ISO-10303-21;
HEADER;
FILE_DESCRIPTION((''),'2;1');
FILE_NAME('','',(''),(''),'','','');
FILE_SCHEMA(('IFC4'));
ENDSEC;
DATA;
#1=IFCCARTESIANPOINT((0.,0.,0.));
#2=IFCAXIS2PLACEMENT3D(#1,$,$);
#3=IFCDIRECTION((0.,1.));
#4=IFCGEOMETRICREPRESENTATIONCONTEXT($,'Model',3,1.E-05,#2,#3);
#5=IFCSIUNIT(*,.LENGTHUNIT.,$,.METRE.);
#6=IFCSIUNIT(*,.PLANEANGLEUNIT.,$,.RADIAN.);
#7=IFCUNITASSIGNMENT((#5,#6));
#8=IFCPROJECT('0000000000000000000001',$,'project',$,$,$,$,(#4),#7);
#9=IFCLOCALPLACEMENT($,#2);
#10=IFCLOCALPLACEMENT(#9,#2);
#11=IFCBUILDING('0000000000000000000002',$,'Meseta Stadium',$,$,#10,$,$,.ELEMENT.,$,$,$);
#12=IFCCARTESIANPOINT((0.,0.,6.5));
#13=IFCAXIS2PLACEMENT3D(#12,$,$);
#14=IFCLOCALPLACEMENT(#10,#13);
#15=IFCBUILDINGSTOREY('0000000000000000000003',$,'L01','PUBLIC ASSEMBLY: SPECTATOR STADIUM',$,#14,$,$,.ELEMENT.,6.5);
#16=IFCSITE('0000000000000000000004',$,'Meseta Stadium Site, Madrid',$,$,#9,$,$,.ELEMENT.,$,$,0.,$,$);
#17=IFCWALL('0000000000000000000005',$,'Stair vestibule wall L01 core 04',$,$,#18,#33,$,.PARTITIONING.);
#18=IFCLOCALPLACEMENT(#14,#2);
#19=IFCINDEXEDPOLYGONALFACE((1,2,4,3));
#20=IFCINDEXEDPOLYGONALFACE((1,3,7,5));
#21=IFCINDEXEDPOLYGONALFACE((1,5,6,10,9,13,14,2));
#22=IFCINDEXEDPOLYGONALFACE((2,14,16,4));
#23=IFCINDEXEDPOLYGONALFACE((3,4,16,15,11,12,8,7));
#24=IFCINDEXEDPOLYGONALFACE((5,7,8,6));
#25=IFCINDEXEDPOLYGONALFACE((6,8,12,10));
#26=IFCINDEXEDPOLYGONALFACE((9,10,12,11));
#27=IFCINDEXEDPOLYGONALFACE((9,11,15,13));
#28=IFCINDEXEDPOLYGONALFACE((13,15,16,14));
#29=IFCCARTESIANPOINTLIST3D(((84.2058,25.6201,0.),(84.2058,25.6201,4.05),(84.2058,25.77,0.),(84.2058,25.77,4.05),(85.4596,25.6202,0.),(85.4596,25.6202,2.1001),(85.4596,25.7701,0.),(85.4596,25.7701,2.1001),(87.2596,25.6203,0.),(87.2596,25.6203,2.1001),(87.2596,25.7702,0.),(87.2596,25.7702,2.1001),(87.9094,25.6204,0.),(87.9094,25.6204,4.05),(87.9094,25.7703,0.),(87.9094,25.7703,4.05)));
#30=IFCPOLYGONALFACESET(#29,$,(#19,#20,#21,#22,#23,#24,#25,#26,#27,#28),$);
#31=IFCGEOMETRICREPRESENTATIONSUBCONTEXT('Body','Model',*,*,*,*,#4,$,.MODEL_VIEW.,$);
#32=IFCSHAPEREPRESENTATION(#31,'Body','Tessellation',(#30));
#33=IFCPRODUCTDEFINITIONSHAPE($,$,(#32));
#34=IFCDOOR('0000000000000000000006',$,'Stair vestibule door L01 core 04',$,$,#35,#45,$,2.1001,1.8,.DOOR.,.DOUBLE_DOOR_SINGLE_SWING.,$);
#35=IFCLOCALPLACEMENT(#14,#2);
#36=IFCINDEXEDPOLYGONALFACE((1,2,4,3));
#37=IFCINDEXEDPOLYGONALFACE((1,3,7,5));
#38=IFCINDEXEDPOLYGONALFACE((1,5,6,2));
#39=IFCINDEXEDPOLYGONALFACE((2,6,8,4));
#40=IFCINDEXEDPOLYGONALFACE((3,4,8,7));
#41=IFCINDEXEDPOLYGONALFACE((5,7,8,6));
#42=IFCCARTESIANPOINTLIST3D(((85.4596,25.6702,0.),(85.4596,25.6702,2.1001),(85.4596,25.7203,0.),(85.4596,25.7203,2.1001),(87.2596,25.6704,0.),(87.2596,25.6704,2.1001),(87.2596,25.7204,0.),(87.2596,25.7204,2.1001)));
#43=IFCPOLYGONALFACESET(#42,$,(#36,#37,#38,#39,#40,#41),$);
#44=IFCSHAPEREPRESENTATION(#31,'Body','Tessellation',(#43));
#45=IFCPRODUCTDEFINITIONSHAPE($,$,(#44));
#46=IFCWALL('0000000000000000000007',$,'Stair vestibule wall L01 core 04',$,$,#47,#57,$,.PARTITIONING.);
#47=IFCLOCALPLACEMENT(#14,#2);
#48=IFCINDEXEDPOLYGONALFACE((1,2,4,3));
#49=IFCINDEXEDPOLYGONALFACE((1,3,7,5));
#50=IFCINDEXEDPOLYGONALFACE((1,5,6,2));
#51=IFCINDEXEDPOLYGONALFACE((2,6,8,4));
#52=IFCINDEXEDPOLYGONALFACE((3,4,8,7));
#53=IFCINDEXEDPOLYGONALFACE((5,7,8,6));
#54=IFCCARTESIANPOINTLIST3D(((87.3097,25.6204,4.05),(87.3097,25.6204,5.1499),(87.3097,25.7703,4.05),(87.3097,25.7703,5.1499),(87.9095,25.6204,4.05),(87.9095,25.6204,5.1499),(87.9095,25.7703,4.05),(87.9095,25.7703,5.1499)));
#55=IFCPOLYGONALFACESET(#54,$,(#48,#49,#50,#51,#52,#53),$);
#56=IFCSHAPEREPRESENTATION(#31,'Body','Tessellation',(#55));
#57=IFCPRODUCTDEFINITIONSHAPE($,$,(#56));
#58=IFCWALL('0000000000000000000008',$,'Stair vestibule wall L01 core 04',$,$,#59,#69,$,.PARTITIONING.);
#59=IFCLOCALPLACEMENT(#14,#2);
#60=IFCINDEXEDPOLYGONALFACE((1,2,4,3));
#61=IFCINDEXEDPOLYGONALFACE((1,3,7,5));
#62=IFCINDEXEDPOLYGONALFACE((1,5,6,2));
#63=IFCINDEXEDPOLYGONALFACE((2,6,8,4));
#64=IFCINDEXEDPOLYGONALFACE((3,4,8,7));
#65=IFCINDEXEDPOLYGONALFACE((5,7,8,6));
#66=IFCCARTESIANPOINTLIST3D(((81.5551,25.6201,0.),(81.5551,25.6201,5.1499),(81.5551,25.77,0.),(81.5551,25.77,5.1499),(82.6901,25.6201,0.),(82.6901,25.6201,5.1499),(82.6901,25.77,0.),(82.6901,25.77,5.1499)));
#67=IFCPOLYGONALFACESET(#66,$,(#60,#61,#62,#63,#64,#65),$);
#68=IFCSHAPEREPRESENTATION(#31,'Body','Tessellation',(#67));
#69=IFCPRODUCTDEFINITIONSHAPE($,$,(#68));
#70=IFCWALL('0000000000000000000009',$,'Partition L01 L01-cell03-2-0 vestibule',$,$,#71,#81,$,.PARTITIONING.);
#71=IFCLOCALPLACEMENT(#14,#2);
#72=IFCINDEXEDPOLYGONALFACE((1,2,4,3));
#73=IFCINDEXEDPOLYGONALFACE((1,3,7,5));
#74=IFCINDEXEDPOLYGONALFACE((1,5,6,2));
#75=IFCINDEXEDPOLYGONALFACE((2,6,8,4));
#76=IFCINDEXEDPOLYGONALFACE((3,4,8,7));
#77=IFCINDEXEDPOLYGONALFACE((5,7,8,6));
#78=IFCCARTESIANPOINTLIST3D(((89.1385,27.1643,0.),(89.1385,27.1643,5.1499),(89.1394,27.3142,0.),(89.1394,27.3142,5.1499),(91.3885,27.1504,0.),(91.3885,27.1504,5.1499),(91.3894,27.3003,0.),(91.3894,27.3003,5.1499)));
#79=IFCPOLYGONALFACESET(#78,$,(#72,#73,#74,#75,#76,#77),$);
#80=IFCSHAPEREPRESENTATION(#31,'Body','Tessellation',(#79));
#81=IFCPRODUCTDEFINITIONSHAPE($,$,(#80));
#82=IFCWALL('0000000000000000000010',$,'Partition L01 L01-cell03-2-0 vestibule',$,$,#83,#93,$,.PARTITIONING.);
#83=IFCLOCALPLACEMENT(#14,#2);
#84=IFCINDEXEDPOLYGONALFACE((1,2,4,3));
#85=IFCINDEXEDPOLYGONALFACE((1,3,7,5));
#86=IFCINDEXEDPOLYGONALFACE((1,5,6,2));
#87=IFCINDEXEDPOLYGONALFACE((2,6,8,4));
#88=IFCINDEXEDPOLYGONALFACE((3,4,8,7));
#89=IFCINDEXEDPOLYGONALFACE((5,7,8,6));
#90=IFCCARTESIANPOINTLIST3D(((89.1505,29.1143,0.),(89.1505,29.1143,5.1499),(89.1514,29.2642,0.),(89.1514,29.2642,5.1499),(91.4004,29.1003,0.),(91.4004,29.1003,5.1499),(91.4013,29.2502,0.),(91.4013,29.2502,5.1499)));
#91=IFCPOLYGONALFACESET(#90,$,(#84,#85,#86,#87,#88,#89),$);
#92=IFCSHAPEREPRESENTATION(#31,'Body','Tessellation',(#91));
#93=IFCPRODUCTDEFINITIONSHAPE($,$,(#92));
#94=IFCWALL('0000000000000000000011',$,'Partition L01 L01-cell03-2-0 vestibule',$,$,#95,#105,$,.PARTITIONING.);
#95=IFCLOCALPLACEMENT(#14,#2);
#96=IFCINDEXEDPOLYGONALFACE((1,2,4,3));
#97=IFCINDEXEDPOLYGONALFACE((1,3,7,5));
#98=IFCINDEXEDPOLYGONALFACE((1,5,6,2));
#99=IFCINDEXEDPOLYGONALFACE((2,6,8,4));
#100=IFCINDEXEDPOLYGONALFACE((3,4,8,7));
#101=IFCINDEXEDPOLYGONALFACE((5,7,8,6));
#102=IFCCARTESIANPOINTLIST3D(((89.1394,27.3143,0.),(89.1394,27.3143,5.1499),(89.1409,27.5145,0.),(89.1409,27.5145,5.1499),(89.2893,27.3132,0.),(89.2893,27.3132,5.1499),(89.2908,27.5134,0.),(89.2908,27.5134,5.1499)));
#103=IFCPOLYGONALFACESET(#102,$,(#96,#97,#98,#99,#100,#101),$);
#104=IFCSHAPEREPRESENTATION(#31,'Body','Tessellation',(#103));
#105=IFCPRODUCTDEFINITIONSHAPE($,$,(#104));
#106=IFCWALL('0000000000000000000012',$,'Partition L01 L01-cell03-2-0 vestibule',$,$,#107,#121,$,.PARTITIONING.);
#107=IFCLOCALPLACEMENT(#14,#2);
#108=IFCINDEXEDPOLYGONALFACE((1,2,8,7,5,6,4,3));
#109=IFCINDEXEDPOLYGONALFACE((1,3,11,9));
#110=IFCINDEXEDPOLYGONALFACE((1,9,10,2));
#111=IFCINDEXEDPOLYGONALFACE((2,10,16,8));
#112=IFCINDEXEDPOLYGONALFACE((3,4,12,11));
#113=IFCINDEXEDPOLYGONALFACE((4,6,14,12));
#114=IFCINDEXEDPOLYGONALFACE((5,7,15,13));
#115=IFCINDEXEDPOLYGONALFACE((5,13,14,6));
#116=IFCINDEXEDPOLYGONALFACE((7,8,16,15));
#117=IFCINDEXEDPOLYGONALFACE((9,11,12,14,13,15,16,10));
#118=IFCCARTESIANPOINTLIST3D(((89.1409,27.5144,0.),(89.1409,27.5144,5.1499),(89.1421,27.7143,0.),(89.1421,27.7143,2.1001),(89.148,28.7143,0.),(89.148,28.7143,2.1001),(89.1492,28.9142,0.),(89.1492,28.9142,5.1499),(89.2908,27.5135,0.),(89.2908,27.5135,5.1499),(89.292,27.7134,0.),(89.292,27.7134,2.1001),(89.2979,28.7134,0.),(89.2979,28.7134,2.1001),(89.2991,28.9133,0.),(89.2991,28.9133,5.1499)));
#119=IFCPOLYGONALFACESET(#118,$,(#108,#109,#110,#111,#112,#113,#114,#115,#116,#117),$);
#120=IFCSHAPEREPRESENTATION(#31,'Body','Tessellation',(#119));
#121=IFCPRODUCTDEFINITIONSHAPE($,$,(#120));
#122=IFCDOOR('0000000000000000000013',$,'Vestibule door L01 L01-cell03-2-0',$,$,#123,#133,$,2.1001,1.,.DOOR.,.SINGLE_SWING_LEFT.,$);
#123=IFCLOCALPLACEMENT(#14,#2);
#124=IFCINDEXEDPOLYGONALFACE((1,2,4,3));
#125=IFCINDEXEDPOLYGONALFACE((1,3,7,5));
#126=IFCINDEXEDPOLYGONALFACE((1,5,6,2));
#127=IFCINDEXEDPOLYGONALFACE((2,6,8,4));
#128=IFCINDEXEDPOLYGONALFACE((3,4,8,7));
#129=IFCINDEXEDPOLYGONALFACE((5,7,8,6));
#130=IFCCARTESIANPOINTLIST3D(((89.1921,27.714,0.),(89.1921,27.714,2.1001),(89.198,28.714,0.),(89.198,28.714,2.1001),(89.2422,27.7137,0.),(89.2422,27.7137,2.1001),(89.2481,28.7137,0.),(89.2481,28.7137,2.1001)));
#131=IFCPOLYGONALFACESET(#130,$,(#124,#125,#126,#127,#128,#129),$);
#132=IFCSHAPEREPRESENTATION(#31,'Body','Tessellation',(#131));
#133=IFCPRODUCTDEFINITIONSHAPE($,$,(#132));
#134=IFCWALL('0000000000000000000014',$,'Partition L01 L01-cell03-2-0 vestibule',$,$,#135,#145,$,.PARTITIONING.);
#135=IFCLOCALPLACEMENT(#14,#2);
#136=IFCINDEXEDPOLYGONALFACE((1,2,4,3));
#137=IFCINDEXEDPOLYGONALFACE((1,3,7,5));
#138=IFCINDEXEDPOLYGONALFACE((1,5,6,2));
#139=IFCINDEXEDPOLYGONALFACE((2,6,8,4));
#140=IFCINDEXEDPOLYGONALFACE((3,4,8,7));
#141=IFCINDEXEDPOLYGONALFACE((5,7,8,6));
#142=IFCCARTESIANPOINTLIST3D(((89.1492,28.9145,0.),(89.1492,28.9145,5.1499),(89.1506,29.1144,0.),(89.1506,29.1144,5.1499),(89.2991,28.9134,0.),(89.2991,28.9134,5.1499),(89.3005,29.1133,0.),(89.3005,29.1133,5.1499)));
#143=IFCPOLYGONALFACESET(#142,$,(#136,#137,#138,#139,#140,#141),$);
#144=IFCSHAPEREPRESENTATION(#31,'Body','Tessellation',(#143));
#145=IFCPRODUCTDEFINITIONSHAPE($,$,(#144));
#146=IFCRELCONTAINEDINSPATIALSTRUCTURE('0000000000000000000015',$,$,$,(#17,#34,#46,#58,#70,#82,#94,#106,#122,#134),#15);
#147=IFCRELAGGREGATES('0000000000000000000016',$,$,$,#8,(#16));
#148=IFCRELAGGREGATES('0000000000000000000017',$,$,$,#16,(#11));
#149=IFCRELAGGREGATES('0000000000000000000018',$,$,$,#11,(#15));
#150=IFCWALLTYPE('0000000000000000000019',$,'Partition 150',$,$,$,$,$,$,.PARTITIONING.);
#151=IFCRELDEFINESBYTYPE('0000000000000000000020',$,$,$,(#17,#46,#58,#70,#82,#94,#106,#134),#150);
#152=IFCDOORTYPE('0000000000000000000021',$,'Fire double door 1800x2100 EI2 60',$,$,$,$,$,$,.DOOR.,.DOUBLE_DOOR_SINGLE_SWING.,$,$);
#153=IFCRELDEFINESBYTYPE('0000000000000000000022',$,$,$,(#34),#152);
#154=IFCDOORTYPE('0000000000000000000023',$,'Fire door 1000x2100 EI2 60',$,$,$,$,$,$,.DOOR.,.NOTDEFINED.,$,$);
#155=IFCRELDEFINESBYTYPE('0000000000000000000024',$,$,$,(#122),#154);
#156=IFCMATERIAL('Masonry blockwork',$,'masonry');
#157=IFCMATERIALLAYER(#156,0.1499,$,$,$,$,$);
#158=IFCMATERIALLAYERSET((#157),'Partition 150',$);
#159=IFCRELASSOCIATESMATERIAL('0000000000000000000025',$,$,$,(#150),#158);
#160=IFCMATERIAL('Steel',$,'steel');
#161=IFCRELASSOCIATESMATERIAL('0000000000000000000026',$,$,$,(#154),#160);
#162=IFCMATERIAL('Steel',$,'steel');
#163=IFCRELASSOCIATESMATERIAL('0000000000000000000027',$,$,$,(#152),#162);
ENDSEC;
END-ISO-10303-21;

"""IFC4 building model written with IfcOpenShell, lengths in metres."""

from ifc_helpers import new_model, si_unit, direction, frame, frame_2d, origin, place, context, subcontext, project, spatial, rectangle, extrude, material, layer, layer_set, type_object, element, fill, save


model = new_model("IFC4")

# Units and contexts
model_context = context("Model", 3, precision=1e-05, world=origin(), true_north=direction((0.0, 1.0)))
body_context = subcontext(model_context, "Body", "Model", "MODEL_VIEW")
ifc_project = project(units=[si_unit("LENGTHUNIT", "METRE"), si_unit("PLANEANGLEUNIT", "RADIAN")], contexts=[model_context])

# Site, building, storey
site_placement = place(None, origin())
site = spatial("IfcSite", under=ifc_project, at=site_placement, Name="Meseta Stadium Site, Madrid", CompositionType="ELEMENT", RefElevation=0.0)
building_placement = place(site_placement, origin())
building = spatial("IfcBuilding", under=site, at=building_placement, Name="Meseta Stadium", CompositionType="ELEMENT")
storey_placement = place(building_placement, frame((0.0, 0.0, 6.5)))
storey = spatial("IfcBuildingStorey", under=building, at=storey_placement, Name="L01", Description="PUBLIC ASSEMBLY: SPECTATOR STADIUM", CompositionType="ELEMENT", Elevation=6.5)

# Shared definitions
ifc_material_1 = material(Name="Masonry blockwork", Category="masonry")
ifc_layer = layer(ifc_material_1, 0.1499)
ifc_layer_set = layer_set([ifc_layer], Name="Partition 150")
wall_type = type_object("IfcWallType", Name="Partition 150", PredefinedType="PARTITIONING", material=ifc_layer_set)
ifc_material_2 = material(Name="Steel", Category="steel")
door_type_1 = type_object("IfcDoorType", Name="Fire door 1000x2100 EI2 60", OperationType="NOTDEFINED", PredefinedType="DOOR", material=ifc_material_2)

# Wall, opening, door
wall_1_placement = place(storey_placement, frame((87.9094, 25.6953, 0.0), z_axis=(0.0, 0.0, 1.0), x_axis=(-1.0, -0.000066, 0.0)))
wall_1 = element("IfcWall", 1, at=wall_1_placement, inside=storey, type_object=wall_type, Name="Stair vestibule wall L01 core 04", PredefinedType="PARTITIONING", context=body_context, shape_type="SweptSolid", body=[
    extrude(rectangle(XDim=3.7036, YDim=0.1499, at=frame_2d((1.8518, 0.0))), origin(), (0.0, 0.0, 1.0), 4.05),
])
opening_1_placement = place(wall_1_placement, frame((0.6499, 0.0, 0.0)))
opening_1 = element("IfcOpeningElement", 2, at=opening_1_placement, cuts=wall_1, PredefinedType="OPENING", context=body_context, shape_type="SweptSolid", body=[
    extrude(rectangle(XDim=1.8, YDim=2.1001, at=frame_2d((0.8999, 1.05))), frame((0.0, 0.085, 0.0), z_axis=(0.0, -1.0, 0.0), x_axis=(1.0, 0.0, 0.0)), (0.0, 0.0, 1.0), 0.1699),
])
ifc_material_3 = material(Name="Steel", Category="steel")
door_type_2 = type_object("IfcDoorType", Name="Fire double door 1800x2100 EI2 60", OperationType="DOUBLE_DOOR_SINGLE_SWING", PredefinedType="DOOR", material=ifc_material_3)
door_1_placement = place(opening_1_placement, origin())
door_1 = element("IfcDoor", 3, at=door_1_placement, inside=storey, type_object=door_type_2, Name="Stair vestibule door L01 core 04", OperationType="DOUBLE_DOOR_SINGLE_SWING", OverallHeight=2.1001, OverallWidth=1.8, PredefinedType="DOOR", context=body_context, shape_type="SweptSolid", body=[
    extrude(rectangle(XDim=1.8, YDim=2.1001, at=frame_2d((0.8999, 1.05))), frame((0.0, 0.0249, 0.0), z_axis=(0.0, -1.0, 0.0), x_axis=(1.0, 0.0, 0.0)), (0.0, 0.0, 1.0), 0.05),
])
fill(opening_1, door_1)

# Walls
wall_2_placement = place(storey_placement, frame((87.9094, 25.6953, 4.05), z_axis=(0.0, 0.0, 1.0), x_axis=(-1.0, 0.0, 0.0)))
element("IfcWall", 4, at=wall_2_placement, inside=storey, type_object=wall_type, Name="Stair vestibule wall L01 core 04", PredefinedType="PARTITIONING", context=body_context, shape_type="SweptSolid", body=[
    extrude(rectangle(XDim=0.5999, YDim=0.1499, at=frame_2d((0.2998, 0.0))), origin(), (0.0, 0.0, 1.0), 1.0999),
])
wall_3_placement = place(storey_placement, frame((82.6899, 25.6951, 0.0), z_axis=(0.0, 0.0, 1.0), x_axis=(-1.0, 0.0, 0.0)))
element("IfcWall", 5, at=wall_3_placement, inside=storey, type_object=wall_type, Name="Stair vestibule wall L01 core 04", PredefinedType="PARTITIONING", context=body_context, shape_type="SweptSolid", body=[
    extrude(rectangle(XDim=1.135, YDim=0.1499, at=frame_2d((0.5674, 0.0))), origin(), (0.0, 0.0, 1.0), 5.1499),
])
for number, where, z_axis, x_axis, name in (
    (6, (91.3889, 27.2253, 0.0), (0.0, 0.0, 1.0), (-0.999981, 0.006185, 0.0), "Partition L01 L01-cell03-2-0 vestibule"),
    (7, (91.4009, 29.1753, 0.0), (0.0, 0.0, 1.0), (-0.999981, 0.006185, 0.0), "Partition L01 L01-cell03-2-0 vestibule"),
):
    element("IfcWall", number, at=place(storey_placement, frame(where, z_axis=z_axis, x_axis=x_axis)), inside=storey, type_object=wall_type, Name=name, PredefinedType="PARTITIONING", context=body_context, shape_type="SweptSolid", body=[
        extrude(rectangle(XDim=2.25, YDim=0.1499, at=frame_2d((1.125, 0.0))), origin(), (0.0, 0.0, 1.0), 5.1499),
    ])
wall_4_placement = place(storey_placement, frame((89.2144, 27.3137, 0.0), z_axis=(0.0, 0.0, 1.0), x_axis=(0.007317, 0.999973, 0.0)))
element("IfcWall", 8, at=wall_4_placement, inside=storey, type_object=wall_type, Name="Partition L01 L01-cell03-2-0 vestibule", PredefinedType="PARTITIONING", context=body_context, shape_type="SweptSolid", body=[
    extrude(rectangle(XDim=0.2002, YDim=0.1499, at=frame_2d((0.1001, 0.0))), origin(), (0.0, 0.0, 1.0), 5.1499),
])

# Wall, opening, door
wall_5_placement = place(storey_placement, frame((89.2158, 27.5139, 0.0), z_axis=(0.0, 0.0, 1.0), x_axis=(0.005929, 0.999982, 0.0)))
wall_5 = element("IfcWall", 9, at=wall_5_placement, inside=storey, type_object=wall_type, Name="Partition L01 L01-cell03-2-0 vestibule", PredefinedType="PARTITIONING", context=body_context, shape_type="SweptSolid", body=[
    extrude(rectangle(XDim=1.3999, YDim=0.1499, at=frame_2d((0.7, 0.0))), origin(), (0.0, 0.0, 1.0), 5.1499),
])
opening_2_placement = place(wall_5_placement, frame((0.2, 0.0, 0.0)))
opening_2 = element("IfcOpeningElement", 10, at=opening_2_placement, cuts=wall_5, PredefinedType="OPENING", context=body_context, shape_type="SweptSolid", body=[
    extrude(rectangle(XDim=1.0, YDim=2.1001, at=frame_2d((0.5, 1.05))), frame((0.0, 0.085, 0.0), z_axis=(0.0, -1.0, 0.0), x_axis=(1.0, 0.0, 0.0)), (0.0, 0.0, 1.0), 0.1699),
])
door_2_placement = place(opening_2_placement, origin())
door_2 = element("IfcDoor", 11, at=door_2_placement, inside=storey, type_object=door_type_1, Name="Vestibule door L01 L01-cell03-2-0", OperationType="SINGLE_SWING_LEFT", OverallHeight=2.1001, OverallWidth=1.0, PredefinedType="DOOR", context=body_context, shape_type="SweptSolid", body=[
    extrude(rectangle(XDim=1.0, YDim=2.1001, at=frame_2d((0.5, 1.05))), frame((0.0, 0.0249, 0.0), z_axis=(0.0, -1.0, 0.0), x_axis=(1.0, 0.0, 0.0)), (0.0, 0.0, 1.0), 0.05),
])
fill(opening_2, door_2)

# Wall
wall_6_placement = place(storey_placement, frame((89.2241, 28.9138, 0.0), z_axis=(0.0, 0.0, 1.0), x_axis=(0.007326, 0.999973, 0.0)))
element("IfcWall", 12, at=wall_6_placement, inside=storey, type_object=wall_type, Name="Partition L01 L01-cell03-2-0 vestibule", PredefinedType="PARTITIONING", context=body_context, shape_type="SweptSolid", body=[
    extrude(rectangle(XDim=0.2, YDim=0.1499, at=frame_2d((0.1001, 0.0))), origin(), (0.0, 0.0, 1.0), 5.1499),
])

save(model, "model.ifc")
